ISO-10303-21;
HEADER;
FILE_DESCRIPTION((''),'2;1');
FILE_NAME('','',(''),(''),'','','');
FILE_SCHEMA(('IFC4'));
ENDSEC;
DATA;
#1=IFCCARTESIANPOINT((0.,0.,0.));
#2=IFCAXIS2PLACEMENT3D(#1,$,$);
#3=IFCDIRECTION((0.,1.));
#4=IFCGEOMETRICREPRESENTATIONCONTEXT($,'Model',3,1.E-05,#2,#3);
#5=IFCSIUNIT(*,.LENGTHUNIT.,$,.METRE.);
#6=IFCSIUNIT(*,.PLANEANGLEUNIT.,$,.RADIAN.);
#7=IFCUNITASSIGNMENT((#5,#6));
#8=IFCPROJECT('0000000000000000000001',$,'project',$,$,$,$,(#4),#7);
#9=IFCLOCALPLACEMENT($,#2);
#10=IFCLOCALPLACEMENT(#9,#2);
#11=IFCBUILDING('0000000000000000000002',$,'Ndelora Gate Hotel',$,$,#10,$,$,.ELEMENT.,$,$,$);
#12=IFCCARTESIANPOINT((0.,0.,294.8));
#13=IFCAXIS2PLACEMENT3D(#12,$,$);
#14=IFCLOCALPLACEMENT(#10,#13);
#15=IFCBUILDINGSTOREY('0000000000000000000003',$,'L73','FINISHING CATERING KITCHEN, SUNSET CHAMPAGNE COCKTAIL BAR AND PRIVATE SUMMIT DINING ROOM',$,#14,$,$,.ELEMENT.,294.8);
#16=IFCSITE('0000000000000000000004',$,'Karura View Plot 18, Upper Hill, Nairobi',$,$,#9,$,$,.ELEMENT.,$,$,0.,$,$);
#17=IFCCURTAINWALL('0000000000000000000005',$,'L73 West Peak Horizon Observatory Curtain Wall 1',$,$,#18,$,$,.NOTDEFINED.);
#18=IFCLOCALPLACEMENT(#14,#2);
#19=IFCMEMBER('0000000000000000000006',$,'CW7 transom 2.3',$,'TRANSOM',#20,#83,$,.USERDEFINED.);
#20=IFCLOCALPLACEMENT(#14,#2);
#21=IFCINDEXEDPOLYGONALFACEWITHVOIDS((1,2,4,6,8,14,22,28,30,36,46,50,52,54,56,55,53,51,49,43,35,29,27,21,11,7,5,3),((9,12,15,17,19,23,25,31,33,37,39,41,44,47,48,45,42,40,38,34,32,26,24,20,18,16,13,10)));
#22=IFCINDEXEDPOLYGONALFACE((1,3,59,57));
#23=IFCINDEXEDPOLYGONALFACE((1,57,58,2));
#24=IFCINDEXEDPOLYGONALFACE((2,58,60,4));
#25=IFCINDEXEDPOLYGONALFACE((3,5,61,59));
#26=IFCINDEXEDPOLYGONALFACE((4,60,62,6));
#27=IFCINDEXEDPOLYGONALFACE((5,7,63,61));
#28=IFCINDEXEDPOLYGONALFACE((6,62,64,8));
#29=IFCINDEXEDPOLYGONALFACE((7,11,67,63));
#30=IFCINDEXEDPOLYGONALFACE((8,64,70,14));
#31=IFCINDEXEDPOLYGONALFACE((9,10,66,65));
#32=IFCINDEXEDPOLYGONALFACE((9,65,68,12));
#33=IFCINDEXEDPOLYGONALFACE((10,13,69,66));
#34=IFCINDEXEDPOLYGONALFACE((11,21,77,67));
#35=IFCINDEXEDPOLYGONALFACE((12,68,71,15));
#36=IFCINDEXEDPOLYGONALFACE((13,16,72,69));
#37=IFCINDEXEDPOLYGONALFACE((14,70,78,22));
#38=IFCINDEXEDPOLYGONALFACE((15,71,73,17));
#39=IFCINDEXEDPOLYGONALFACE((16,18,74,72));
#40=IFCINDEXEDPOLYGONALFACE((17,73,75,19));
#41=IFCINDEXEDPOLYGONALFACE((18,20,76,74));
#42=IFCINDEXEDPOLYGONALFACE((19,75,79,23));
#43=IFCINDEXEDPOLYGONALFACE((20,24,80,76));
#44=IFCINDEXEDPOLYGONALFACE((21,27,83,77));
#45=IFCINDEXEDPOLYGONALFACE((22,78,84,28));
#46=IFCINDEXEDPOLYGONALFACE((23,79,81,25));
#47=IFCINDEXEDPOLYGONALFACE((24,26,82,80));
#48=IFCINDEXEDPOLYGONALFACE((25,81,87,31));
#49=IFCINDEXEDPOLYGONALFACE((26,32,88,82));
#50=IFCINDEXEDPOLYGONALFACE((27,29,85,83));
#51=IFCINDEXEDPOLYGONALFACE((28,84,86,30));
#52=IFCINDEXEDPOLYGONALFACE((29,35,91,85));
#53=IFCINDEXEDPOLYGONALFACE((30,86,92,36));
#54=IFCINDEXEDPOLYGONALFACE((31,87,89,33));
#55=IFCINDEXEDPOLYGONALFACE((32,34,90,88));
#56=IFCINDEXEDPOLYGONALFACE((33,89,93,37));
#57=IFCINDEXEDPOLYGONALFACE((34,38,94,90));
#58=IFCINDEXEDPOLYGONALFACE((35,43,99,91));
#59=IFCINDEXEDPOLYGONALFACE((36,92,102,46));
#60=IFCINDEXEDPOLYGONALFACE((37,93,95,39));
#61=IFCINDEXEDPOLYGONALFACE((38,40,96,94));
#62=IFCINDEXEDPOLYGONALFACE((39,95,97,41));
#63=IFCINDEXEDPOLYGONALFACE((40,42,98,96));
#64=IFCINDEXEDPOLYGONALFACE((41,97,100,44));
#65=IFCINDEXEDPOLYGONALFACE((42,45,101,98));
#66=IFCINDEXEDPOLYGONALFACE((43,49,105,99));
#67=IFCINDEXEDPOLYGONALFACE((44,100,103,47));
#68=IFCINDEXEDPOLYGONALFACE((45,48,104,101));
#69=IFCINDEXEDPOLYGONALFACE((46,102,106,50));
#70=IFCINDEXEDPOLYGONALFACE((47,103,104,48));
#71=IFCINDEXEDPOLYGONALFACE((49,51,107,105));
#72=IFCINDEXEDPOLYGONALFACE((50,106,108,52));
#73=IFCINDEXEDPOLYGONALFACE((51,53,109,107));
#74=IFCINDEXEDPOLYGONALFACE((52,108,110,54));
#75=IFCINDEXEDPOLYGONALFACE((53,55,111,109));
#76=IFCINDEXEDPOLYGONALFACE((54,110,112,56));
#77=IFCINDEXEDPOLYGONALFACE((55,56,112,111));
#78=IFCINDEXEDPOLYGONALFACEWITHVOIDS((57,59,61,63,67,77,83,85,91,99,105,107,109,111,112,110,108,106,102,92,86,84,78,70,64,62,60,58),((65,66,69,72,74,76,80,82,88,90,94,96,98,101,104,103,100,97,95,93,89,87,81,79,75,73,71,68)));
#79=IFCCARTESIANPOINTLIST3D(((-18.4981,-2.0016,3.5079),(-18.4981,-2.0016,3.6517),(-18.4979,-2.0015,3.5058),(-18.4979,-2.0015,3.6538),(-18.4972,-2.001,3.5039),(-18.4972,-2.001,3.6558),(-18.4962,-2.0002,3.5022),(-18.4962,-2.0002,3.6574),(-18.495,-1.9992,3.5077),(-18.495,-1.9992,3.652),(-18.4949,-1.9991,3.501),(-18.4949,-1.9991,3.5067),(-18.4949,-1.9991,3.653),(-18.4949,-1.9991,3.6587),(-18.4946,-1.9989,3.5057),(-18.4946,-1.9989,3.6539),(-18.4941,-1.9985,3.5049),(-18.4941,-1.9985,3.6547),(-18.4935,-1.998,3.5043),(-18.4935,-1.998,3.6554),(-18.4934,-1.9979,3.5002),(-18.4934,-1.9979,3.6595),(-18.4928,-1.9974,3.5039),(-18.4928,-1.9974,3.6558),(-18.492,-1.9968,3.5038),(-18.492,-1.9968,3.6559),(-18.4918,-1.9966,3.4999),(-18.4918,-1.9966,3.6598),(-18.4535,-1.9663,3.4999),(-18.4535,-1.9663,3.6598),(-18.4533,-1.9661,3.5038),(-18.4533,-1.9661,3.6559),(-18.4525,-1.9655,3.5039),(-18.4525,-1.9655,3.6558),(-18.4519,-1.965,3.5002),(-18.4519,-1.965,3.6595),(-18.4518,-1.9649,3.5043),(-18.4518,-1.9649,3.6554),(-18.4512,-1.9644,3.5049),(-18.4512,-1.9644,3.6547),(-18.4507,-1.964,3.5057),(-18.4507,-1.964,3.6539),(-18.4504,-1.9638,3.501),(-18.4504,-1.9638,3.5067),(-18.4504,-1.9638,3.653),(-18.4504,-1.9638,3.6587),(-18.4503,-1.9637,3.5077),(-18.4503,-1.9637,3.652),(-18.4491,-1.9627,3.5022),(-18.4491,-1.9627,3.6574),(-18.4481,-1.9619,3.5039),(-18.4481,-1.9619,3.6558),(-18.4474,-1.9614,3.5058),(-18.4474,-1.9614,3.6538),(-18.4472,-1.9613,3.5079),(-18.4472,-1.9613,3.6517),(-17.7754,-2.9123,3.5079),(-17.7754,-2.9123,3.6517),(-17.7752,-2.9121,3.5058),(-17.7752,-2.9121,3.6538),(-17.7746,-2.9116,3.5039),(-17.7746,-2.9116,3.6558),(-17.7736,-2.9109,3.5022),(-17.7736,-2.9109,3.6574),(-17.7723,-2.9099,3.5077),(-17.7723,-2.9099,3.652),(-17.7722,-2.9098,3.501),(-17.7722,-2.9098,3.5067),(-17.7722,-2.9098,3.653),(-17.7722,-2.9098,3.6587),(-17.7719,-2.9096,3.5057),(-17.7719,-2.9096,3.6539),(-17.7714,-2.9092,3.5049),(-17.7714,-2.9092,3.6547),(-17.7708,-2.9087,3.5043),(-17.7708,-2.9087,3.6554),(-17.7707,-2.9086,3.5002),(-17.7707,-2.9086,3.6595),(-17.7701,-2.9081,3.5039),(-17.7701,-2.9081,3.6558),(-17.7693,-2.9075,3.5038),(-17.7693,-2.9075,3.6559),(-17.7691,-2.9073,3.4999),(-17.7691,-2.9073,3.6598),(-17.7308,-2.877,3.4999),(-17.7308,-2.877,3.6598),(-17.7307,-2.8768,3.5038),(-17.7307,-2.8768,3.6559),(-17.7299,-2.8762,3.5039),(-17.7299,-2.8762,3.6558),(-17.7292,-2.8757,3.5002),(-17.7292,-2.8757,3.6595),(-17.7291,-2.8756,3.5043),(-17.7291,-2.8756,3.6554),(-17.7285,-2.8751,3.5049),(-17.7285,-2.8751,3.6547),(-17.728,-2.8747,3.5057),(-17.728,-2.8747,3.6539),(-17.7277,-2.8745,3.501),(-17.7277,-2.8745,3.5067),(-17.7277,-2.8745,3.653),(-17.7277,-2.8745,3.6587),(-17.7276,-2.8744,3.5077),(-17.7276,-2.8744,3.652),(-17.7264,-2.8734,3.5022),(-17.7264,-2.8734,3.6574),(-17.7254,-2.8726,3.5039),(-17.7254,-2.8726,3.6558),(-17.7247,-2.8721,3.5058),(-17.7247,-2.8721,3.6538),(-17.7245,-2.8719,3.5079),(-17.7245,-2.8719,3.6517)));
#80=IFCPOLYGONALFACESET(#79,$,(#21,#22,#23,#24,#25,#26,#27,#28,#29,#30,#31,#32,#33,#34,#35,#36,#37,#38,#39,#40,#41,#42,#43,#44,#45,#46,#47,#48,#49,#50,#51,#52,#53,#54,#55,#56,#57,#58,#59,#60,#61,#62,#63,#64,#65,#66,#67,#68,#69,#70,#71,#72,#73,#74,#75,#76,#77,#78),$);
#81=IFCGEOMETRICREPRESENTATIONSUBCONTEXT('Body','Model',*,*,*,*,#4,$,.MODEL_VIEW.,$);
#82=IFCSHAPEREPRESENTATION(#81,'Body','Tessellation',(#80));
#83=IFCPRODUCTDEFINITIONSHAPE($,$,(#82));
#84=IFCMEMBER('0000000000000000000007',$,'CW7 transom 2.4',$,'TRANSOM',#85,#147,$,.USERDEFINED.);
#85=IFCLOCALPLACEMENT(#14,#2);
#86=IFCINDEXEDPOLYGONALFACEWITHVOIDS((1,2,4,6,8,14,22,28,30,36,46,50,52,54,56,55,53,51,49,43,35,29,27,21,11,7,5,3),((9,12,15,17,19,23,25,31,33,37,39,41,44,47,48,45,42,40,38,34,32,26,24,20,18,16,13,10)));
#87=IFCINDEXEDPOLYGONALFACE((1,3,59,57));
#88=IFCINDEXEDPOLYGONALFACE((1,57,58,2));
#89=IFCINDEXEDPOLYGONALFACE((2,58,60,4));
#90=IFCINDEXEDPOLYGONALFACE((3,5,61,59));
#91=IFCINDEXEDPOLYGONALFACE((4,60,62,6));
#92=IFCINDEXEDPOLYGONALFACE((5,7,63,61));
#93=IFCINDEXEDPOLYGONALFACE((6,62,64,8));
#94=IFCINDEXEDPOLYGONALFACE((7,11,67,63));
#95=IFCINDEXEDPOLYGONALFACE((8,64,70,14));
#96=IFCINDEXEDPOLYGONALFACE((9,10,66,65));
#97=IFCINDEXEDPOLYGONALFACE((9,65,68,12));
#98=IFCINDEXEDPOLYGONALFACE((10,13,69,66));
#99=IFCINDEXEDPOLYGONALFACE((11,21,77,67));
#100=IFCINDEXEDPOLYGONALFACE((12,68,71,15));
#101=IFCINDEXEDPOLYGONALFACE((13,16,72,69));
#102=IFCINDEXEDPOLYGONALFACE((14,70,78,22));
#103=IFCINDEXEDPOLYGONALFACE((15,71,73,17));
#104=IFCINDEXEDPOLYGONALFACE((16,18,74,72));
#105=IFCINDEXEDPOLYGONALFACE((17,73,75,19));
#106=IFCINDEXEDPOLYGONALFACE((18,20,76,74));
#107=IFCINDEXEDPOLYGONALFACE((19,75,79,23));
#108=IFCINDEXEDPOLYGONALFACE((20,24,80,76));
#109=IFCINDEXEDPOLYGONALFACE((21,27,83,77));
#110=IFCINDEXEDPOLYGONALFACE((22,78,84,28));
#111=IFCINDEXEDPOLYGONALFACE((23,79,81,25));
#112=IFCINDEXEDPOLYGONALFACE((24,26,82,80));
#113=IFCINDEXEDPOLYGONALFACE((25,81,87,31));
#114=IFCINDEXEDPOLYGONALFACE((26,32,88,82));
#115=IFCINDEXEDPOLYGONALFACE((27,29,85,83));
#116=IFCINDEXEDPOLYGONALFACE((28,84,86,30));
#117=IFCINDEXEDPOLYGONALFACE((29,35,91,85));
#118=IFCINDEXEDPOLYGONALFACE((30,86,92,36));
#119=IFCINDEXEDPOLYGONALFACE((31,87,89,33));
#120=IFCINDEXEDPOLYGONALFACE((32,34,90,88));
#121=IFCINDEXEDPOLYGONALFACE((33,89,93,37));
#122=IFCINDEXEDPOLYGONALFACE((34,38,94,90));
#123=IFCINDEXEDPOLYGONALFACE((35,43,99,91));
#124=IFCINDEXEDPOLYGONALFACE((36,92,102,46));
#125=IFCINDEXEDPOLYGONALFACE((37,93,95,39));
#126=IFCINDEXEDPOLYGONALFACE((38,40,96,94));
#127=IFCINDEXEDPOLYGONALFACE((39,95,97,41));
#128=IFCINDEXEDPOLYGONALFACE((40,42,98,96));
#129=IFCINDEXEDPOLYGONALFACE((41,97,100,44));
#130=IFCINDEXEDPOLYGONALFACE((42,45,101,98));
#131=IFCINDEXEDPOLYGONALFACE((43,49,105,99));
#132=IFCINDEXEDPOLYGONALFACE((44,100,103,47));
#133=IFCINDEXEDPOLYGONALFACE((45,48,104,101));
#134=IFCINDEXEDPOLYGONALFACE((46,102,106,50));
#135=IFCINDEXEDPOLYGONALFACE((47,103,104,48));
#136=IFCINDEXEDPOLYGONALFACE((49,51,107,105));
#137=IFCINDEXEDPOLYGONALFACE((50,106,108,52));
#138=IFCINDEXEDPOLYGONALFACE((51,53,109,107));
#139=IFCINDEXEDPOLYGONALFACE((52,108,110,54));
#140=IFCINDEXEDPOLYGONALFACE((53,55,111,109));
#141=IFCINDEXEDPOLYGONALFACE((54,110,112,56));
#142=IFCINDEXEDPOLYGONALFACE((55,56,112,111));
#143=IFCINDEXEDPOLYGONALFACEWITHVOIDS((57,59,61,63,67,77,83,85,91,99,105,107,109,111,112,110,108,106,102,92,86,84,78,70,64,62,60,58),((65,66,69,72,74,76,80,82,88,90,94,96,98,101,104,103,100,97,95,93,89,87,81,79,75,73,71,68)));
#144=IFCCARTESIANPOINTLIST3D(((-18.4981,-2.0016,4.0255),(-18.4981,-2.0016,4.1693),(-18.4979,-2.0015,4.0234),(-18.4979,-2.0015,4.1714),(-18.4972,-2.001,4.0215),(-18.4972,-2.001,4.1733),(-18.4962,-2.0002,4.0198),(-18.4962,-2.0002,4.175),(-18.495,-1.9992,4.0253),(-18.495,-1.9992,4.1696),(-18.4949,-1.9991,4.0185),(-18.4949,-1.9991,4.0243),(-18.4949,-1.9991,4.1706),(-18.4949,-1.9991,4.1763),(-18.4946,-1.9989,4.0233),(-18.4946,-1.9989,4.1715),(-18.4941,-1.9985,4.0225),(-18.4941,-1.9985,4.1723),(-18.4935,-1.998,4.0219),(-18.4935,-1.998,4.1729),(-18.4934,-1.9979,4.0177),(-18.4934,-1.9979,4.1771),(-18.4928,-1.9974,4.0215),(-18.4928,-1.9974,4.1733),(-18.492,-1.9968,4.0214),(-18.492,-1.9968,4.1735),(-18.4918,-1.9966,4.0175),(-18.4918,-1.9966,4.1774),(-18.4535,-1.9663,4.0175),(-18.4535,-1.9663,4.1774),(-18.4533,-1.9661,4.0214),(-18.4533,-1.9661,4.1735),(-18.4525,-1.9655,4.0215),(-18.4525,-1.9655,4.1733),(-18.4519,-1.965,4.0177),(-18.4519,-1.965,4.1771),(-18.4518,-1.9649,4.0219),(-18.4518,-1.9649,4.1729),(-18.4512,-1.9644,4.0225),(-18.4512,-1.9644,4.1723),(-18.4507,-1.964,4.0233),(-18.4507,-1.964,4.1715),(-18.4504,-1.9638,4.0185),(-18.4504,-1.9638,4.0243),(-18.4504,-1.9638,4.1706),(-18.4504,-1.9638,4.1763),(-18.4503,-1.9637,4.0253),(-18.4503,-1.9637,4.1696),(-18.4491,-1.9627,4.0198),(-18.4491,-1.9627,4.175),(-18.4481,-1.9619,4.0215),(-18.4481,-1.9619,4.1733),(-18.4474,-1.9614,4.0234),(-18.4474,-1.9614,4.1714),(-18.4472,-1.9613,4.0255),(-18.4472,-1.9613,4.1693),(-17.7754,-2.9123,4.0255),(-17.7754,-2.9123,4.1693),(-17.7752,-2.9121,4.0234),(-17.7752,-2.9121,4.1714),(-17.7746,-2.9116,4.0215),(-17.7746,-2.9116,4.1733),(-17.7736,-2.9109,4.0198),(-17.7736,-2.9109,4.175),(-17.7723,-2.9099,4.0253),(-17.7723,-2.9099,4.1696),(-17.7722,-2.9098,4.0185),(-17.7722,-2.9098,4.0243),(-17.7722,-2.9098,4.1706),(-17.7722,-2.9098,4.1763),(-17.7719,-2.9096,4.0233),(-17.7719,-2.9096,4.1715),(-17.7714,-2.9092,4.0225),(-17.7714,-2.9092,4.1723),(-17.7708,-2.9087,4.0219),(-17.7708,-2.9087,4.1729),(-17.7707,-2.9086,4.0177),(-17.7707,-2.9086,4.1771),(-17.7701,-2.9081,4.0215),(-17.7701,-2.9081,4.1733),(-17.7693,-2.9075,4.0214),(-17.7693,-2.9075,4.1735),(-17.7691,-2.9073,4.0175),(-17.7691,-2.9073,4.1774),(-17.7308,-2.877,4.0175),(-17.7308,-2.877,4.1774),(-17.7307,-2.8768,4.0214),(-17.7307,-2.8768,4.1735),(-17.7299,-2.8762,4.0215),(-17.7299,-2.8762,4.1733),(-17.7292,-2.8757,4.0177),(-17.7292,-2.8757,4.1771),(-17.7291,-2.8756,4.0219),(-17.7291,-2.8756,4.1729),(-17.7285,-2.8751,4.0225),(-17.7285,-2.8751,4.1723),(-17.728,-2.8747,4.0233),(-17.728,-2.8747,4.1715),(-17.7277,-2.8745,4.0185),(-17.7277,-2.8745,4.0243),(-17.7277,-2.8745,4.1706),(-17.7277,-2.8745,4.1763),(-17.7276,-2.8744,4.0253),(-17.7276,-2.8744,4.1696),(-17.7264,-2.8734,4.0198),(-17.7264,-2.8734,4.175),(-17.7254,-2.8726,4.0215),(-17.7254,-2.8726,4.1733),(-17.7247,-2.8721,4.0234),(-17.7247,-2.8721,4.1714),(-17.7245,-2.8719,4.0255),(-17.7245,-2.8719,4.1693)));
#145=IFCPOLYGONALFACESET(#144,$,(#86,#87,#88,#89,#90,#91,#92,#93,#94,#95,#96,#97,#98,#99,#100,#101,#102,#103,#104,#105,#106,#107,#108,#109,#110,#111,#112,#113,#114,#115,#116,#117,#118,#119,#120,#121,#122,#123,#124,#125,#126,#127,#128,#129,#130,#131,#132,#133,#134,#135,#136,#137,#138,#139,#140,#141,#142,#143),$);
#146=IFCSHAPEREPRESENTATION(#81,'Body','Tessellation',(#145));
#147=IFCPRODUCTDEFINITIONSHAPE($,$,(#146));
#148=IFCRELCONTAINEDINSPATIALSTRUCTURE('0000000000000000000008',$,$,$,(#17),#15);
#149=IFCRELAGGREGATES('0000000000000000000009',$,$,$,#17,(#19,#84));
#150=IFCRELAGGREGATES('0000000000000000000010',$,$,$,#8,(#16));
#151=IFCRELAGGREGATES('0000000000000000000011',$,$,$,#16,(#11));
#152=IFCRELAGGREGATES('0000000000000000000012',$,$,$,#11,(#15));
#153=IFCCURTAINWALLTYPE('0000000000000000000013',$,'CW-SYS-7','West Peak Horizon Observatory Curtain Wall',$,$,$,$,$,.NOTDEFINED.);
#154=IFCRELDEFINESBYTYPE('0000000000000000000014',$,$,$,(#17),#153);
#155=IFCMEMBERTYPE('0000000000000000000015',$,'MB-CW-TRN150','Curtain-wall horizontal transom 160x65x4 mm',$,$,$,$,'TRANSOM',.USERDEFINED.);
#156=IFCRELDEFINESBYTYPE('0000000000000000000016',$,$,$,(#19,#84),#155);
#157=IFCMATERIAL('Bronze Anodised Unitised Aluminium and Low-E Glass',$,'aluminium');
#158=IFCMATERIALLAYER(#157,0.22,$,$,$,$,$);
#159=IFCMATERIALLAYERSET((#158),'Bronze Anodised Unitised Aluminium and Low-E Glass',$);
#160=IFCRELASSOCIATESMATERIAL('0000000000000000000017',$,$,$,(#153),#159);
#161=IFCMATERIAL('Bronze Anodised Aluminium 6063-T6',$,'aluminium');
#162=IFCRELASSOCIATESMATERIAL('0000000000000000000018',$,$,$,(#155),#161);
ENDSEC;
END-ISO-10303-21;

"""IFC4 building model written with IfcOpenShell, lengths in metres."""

from ifc_helpers import new_model, si_unit, direction, frame, origin, origin_2d, place, context, subcontext, project, spatial, hollow_rectangle, extrude, material, layer, layer_set, material_profile, profile_set, type_object, element, aggregate, save


model = new_model("IFC4")

# Units and contexts
model_context = context("Model", 3, precision=1e-05, world=origin(), true_north=direction((0.0, 1.0)))
body_context = subcontext(model_context, "Body", "Model", "MODEL_VIEW")
ifc_project = project(units=[si_unit("LENGTHUNIT", "METRE"), si_unit("PLANEANGLEUNIT", "RADIAN")], contexts=[model_context])

# Site, building, storey
site_placement = place(None, origin())
site = spatial("IfcSite", under=ifc_project, at=site_placement, Name="Karura View Plot 18, Upper Hill, Nairobi", CompositionType="ELEMENT", RefElevation=0.0)
building_placement = place(site_placement, origin())
building = spatial("IfcBuilding", under=site, at=building_placement, Name="Ndelora Gate Hotel", CompositionType="ELEMENT")
storey_placement = place(building_placement, frame((0.0, 0.0, 294.8)))
storey = spatial("IfcBuildingStorey", under=building, at=storey_placement, Name="L73", Description="FINISHING CATERING KITCHEN, SUNSET CHAMPAGNE COCKTAIL BAR AND PRIVATE SUMMIT DINING ROOM", CompositionType="ELEMENT", Elevation=294.8)

# Curtain wall
ifc_material_1 = material(Name="Bronze Anodised Unitised Aluminium and Low-E Glass", Category="aluminium")
ifc_layer_1 = layer(ifc_material_1, 0.22)
ifc_layer_set_1 = layer_set([ifc_layer_1], Name="Bronze Anodised Unitised Aluminium and Low-E Glass")
curtain_wall_type = type_object("IfcCurtainWallType", Name="CW-SYS-7", Description="West Peak Horizon Observatory Curtain Wall", PredefinedType="NOTDEFINED", material=ifc_layer_set_1)
curtain_wall_1_placement = place(storey_placement, origin())
curtain_wall_1 = element("IfcCurtainWall", 1, at=curtain_wall_1_placement, inside=storey, type_object=curtain_wall_type, Name="L73 West Peak Horizon Observatory Curtain Wall 1", PredefinedType="NOTDEFINED")
ifc_material_2 = material(Name="Bronze Anodised Aluminium 6063-T6", Category="aluminium")

# Members
ifc_material_profile_1 = material_profile(ifc_material_2, hollow_rectangle(XDim=0.0649, YDim=0.1599, WallThickness=0.0039, InnerFilletRadius=0.0039, OuterFilletRadius=0.0081, at=origin_2d()), Name="ALU 160x65x4")
ifc_profile_set_1 = profile_set([ifc_material_profile_1], Name="Bronze Anodised Aluminium 6063-T6")
member_type_1 = type_object("IfcMemberType", Name="MB-CW-TRN150", Description="Curtain-wall horizontal transom 160x65x4 mm", ElementType="TRANSOM", PredefinedType="USERDEFINED", material=ifc_profile_set_1)
member_1_placement = place(storey_placement, frame((-18.4727, -1.9814, 3.5798), z_axis=(0.621617, -0.783321, 0.0), x_axis=(0.783321, 0.621617, 0.0)))
member_1 = element("IfcMember", 2, at=member_1_placement, type_object=member_type_1, Name="CW7 transom 2.3", ObjectType="TRANSOM", PredefinedType="USERDEFINED", context=body_context, shape_type="SweptSolid", body=[
    extrude(hollow_rectangle(XDim=0.0649, YDim=0.1599, WallThickness=0.0039, InnerFilletRadius=0.0039, OuterFilletRadius=0.0081, at=origin_2d()), origin(), (0.0, 0.0, 1.0), 1.1626),
])
member_2_placement = place(storey_placement, frame((-18.4727, -1.9814, 4.0974), z_axis=(0.621617, -0.783321, 0.0), x_axis=(0.783321, 0.621617, 0.0)))
member_2 = element("IfcMember", 3, at=member_2_placement, type_object=member_type_1, Name="CW7 transom 2.4", ObjectType="TRANSOM", PredefinedType="USERDEFINED", context=body_context, shape_type="SweptSolid", body=[
    extrude(hollow_rectangle(XDim=0.0649, YDim=0.1599, WallThickness=0.0039, InnerFilletRadius=0.0039, OuterFilletRadius=0.0081, at=origin_2d()), origin(), (0.0, 0.0, 1.0), 1.1626),
])

aggregate(curtain_wall_1, [member_1, member_2])

save(model, "model.ifc")
